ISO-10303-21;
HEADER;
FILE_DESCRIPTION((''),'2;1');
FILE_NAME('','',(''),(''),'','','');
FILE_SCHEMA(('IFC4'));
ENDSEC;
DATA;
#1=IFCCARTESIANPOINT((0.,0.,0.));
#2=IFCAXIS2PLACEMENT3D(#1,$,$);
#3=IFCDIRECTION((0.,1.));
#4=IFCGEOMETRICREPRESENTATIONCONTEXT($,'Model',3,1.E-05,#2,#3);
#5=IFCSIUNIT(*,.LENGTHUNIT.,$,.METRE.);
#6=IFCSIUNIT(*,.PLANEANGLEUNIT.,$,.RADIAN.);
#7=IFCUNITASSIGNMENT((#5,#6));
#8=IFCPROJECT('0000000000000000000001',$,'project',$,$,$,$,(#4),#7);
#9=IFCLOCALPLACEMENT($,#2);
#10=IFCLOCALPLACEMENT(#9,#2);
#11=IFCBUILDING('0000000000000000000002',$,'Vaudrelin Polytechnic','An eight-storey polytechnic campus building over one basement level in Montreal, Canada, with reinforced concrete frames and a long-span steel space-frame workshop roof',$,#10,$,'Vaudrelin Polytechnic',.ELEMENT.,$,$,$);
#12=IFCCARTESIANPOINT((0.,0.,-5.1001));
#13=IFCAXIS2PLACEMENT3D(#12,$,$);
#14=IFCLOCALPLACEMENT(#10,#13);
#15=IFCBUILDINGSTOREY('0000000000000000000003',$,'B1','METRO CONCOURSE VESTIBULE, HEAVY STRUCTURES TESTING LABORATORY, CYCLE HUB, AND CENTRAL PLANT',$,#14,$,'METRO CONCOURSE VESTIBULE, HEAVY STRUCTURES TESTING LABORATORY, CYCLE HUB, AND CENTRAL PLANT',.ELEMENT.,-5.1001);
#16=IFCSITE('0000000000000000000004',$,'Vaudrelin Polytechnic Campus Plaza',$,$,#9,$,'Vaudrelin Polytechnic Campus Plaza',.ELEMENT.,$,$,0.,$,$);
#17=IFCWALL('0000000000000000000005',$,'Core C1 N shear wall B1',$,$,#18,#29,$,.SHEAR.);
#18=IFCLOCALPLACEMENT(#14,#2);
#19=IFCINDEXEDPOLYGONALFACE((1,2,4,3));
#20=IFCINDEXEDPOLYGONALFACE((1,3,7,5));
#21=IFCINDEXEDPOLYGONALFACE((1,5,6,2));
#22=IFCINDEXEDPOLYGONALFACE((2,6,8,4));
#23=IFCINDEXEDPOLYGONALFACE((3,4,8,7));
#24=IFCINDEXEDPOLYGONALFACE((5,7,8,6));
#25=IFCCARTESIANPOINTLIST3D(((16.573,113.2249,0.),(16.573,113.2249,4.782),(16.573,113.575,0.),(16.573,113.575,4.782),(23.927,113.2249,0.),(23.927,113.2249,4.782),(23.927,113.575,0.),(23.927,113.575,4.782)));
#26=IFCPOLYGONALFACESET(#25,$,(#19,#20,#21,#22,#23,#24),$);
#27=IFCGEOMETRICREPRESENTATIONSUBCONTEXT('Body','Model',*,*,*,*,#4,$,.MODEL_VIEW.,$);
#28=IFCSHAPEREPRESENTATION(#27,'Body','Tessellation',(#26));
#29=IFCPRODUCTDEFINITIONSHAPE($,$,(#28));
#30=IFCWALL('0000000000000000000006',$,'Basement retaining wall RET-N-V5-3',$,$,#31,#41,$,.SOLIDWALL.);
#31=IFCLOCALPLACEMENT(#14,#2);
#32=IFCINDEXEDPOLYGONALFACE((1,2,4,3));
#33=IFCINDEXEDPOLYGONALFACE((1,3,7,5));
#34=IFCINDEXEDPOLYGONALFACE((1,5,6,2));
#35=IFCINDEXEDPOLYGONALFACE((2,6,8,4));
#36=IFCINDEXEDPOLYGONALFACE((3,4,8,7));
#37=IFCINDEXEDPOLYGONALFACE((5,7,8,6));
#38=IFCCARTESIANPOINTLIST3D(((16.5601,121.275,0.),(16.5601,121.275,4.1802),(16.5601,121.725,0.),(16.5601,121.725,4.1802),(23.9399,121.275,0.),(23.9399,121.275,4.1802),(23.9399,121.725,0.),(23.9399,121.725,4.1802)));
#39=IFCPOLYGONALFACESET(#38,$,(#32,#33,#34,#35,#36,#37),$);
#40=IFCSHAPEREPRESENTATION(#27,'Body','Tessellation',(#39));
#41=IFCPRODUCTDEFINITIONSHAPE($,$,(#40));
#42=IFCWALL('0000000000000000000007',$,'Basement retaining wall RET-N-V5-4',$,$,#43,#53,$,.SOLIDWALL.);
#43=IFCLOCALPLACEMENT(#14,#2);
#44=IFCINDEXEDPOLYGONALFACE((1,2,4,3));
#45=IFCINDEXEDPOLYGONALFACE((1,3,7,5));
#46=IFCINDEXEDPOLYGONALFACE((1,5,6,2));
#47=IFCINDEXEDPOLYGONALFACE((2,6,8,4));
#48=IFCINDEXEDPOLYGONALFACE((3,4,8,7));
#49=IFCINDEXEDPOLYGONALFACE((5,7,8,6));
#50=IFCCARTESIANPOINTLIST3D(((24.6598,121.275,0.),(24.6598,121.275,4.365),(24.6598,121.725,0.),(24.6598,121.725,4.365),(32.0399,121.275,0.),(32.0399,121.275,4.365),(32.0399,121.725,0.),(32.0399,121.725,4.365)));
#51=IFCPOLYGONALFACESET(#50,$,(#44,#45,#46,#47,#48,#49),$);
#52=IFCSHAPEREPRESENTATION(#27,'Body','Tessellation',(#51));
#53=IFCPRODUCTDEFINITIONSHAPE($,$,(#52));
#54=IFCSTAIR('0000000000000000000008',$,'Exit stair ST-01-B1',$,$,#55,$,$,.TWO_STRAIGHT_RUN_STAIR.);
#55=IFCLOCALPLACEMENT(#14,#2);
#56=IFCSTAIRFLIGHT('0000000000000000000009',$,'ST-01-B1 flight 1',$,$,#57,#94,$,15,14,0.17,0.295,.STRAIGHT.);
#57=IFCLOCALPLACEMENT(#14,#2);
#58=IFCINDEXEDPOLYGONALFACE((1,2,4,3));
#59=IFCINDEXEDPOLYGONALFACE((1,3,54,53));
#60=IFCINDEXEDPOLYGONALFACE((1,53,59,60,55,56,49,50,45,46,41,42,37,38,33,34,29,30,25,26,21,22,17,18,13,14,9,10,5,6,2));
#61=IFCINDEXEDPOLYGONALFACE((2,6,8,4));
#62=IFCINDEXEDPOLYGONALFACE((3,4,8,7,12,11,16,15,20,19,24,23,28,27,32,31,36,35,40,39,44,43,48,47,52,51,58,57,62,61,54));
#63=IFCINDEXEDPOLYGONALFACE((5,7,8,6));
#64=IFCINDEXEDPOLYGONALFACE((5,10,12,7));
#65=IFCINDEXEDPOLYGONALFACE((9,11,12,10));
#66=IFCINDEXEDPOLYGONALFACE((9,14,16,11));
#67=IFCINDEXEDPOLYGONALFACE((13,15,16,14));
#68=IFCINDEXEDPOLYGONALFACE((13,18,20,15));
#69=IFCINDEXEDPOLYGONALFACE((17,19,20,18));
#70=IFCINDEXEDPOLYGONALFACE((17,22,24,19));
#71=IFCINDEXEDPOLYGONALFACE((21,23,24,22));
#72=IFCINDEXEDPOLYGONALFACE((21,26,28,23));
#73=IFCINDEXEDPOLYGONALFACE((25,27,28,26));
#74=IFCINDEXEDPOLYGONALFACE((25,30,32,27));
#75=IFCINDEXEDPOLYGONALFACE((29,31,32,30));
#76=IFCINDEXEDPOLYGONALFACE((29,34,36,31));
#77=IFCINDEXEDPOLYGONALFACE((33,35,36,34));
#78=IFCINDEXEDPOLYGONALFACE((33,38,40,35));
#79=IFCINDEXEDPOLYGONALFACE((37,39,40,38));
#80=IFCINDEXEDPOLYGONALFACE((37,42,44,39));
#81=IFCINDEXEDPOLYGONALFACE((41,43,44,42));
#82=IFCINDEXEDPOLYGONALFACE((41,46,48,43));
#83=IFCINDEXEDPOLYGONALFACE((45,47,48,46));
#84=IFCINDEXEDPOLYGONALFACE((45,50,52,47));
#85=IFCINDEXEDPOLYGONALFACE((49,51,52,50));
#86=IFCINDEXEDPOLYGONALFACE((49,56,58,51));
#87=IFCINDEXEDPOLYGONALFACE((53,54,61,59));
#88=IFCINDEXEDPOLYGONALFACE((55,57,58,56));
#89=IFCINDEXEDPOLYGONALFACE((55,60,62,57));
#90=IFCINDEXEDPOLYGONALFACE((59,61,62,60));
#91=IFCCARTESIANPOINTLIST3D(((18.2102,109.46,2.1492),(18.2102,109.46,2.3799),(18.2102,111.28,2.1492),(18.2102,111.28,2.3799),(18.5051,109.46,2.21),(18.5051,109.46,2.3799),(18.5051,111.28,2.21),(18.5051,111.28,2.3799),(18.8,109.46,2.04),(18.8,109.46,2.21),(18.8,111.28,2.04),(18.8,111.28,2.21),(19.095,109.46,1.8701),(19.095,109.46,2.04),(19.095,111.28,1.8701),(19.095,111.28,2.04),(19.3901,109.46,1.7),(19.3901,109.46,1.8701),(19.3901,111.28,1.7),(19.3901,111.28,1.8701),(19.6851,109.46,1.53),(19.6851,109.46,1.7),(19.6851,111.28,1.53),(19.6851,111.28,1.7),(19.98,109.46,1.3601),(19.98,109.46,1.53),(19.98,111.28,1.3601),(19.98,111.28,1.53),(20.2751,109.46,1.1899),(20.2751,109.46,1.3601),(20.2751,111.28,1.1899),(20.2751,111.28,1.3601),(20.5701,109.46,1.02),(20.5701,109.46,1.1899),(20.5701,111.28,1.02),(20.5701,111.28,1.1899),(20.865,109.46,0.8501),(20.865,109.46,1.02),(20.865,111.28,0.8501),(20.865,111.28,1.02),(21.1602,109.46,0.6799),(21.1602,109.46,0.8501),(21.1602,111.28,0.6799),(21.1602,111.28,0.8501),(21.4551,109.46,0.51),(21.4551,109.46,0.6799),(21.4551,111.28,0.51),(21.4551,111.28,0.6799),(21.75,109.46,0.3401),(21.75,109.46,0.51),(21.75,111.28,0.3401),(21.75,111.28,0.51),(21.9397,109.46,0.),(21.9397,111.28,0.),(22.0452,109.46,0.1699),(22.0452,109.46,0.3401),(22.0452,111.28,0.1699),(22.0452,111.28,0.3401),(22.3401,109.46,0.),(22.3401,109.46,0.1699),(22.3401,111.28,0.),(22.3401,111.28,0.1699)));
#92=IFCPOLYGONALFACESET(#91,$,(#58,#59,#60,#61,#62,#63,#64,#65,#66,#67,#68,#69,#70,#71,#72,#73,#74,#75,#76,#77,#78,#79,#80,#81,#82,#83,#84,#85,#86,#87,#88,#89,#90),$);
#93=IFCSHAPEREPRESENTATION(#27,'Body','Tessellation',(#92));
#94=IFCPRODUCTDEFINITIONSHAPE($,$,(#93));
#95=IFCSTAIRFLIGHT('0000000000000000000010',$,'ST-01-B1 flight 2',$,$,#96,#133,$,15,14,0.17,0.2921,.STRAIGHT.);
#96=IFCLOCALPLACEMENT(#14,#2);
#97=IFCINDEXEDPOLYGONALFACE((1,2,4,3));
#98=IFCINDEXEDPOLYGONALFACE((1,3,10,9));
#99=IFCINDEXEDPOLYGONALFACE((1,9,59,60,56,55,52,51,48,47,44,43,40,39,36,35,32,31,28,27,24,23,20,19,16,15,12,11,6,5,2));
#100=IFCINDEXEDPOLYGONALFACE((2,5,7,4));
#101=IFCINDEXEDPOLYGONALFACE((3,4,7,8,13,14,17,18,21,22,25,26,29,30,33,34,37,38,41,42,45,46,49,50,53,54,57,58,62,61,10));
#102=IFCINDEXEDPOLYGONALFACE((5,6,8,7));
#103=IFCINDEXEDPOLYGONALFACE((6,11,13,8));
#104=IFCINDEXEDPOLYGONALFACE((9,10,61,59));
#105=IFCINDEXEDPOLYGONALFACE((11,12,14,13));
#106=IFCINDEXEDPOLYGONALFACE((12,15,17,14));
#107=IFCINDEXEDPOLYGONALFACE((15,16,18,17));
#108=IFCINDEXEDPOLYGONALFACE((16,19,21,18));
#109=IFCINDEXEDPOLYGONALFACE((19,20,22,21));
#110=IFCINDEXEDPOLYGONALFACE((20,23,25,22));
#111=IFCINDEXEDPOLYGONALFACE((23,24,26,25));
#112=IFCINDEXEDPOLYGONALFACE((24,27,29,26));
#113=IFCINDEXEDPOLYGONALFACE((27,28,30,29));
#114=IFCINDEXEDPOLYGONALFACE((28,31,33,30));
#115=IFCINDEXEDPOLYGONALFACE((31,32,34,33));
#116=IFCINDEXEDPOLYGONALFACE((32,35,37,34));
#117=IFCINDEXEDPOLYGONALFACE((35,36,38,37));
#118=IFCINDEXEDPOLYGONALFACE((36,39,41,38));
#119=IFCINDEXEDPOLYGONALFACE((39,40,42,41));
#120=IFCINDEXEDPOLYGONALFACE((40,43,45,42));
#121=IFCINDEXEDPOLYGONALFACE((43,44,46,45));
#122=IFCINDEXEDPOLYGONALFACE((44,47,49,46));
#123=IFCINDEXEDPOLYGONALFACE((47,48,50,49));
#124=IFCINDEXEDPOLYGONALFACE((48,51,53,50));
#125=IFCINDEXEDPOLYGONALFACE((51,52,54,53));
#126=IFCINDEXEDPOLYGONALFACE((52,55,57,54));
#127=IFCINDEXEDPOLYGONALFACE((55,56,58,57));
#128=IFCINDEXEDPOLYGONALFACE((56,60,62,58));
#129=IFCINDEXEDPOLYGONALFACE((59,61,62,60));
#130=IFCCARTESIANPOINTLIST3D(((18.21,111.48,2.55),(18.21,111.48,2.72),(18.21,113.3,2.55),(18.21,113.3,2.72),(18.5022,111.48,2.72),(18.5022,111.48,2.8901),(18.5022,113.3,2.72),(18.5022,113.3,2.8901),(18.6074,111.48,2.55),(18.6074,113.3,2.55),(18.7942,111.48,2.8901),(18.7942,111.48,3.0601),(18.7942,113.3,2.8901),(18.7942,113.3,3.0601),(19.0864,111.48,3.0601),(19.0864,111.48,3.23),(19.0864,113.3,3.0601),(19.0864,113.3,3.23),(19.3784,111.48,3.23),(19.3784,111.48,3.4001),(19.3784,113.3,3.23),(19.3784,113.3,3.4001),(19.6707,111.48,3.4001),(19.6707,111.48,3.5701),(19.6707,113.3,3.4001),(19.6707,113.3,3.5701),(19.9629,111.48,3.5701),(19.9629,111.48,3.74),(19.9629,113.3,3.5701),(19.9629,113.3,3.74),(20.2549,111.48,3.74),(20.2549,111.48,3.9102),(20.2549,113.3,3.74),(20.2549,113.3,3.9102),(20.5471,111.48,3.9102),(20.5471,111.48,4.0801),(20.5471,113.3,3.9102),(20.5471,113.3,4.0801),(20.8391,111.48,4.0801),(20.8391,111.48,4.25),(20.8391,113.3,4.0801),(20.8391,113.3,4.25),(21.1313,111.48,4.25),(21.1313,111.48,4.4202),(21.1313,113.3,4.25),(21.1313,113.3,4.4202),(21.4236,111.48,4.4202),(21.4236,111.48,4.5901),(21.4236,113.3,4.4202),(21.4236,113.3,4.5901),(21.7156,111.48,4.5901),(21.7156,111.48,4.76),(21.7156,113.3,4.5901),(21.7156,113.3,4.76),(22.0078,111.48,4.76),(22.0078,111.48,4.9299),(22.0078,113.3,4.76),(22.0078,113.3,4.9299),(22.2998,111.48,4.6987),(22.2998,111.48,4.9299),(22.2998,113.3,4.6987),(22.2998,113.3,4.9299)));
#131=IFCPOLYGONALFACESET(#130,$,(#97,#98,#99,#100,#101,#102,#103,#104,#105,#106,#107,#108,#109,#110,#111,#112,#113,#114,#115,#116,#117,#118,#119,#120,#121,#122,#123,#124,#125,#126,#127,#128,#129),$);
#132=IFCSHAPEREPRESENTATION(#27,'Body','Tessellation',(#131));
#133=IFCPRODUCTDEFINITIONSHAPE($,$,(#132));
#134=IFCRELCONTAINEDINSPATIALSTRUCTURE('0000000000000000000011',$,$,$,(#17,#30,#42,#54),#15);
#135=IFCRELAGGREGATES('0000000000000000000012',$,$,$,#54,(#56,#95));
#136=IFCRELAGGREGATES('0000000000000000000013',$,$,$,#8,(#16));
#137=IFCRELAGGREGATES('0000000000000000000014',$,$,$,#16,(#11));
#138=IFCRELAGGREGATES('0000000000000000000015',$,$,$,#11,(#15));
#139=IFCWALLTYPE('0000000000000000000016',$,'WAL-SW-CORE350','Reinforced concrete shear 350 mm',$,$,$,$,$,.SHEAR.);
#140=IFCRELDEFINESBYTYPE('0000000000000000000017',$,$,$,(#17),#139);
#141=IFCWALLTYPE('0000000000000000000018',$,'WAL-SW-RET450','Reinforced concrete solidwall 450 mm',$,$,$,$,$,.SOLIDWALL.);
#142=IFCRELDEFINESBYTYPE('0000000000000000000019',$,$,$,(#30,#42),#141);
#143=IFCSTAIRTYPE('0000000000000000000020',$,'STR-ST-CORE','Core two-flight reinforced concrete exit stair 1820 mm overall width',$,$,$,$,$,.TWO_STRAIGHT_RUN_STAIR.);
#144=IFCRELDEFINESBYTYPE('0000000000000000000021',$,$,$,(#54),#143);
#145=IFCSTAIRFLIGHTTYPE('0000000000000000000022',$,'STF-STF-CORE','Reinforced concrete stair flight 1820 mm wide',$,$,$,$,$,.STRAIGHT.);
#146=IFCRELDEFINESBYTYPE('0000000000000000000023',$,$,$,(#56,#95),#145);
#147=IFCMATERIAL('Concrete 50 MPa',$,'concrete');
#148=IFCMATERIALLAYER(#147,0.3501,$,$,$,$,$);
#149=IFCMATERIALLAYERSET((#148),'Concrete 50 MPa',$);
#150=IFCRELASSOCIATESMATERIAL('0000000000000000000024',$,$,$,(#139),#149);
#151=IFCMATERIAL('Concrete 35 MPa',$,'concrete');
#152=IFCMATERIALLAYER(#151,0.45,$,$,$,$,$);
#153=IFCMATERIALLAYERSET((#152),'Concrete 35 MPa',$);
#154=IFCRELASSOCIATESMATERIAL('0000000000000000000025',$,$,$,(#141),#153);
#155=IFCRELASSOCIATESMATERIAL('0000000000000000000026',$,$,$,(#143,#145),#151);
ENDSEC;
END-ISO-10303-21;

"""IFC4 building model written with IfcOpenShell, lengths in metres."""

from ifc_helpers import new_model, si_unit, direction, frame, frame_2d, origin, place, context, subcontext, project, spatial, polyline, rectangle, outline, extrude, material, layer, layer_set, type_object, element, aggregate, save


model = new_model("IFC4")

# Units and contexts
model_context = context("Model", 3, precision=1e-05, world=origin(), true_north=direction((0.0, 1.0)))
body_context = subcontext(model_context, "Body", "Model", "MODEL_VIEW")
ifc_project = project(units=[si_unit("LENGTHUNIT", "METRE"), si_unit("PLANEANGLEUNIT", "RADIAN")], contexts=[model_context])

# Site, building, storey
site_placement = place(None, origin())
site = spatial("IfcSite", under=ifc_project, at=site_placement, Name="Vaudrelin Polytechnic Campus Plaza", LongName="Vaudrelin Polytechnic Campus Plaza", CompositionType="ELEMENT", RefElevation=0.0)
building_placement = place(site_placement, origin())
building = spatial("IfcBuilding", under=site, at=building_placement, Name="Vaudrelin Polytechnic", Description="An eight-storey polytechnic campus building over one basement level in Montreal, Canada, with reinforced concrete frames and a long-span steel space-frame workshop roof", LongName="Vaudrelin Polytechnic", CompositionType="ELEMENT")
storey_placement = place(building_placement, frame((0.0, 0.0, -5.1001)))
storey = spatial("IfcBuildingStorey", under=building, at=storey_placement, Name="B1", Description="METRO CONCOURSE VESTIBULE, HEAVY STRUCTURES TESTING LABORATORY, CYCLE HUB, AND CENTRAL PLANT", LongName="METRO CONCOURSE VESTIBULE, HEAVY STRUCTURES TESTING LABORATORY, CYCLE HUB, AND CENTRAL PLANT", CompositionType="ELEMENT", Elevation=-5.1001)

# Shared definitions
ifc_material_1 = material(Name="Concrete 50 MPa", Category="concrete")

# Walls
ifc_layer_1 = layer(ifc_material_1, 0.3501)
ifc_layer_set_1 = layer_set([ifc_layer_1], Name="Concrete 50 MPa")
wall_type_1 = type_object("IfcWallType", Name="WAL-SW-CORE350", Description="Reinforced concrete shear 350 mm", PredefinedType="SHEAR", material=ifc_layer_set_1)
wall_1_placement = place(storey_placement, frame((16.573, 113.3999, 0.0), z_axis=(0.0, 0.0, 1.0), x_axis=(1.0, 0.0, 0.0)))
element("IfcWall", 1, at=wall_1_placement, inside=storey, type_object=wall_type_1, Name="Core C1 N shear wall B1", PredefinedType="SHEAR", context=body_context, shape_type="SweptSolid", body=[
    extrude(rectangle(XDim=7.354, YDim=0.3501, at=frame_2d((3.677, 0.0))), origin(), (0.0, 0.0, 1.0), 4.782),
])
ifc_material_2 = material(Name="Concrete 35 MPa", Category="concrete")
ifc_layer_2 = layer(ifc_material_2, 0.45)
ifc_layer_set_2 = layer_set([ifc_layer_2], Name="Concrete 35 MPa")
wall_type_2 = type_object("IfcWallType", Name="WAL-SW-RET450", Description="Reinforced concrete solidwall 450 mm", PredefinedType="SOLIDWALL", material=ifc_layer_set_2)
wall_2_placement = place(storey_placement, frame((16.5601, 121.5, 0.0), z_axis=(0.0, 0.0, 1.0), x_axis=(1.0, 0.0, 0.0)))
element("IfcWall", 2, at=wall_2_placement, inside=storey, type_object=wall_type_2, Name="Basement retaining wall RET-N-V5-3", PredefinedType="SOLIDWALL", context=body_context, shape_type="SweptSolid", body=[
    extrude(rectangle(XDim=7.3799, YDim=0.45, at=frame_2d((3.6899, 0.0))), origin(), (0.0, 0.0, 1.0), 4.1802),
])
wall_3_placement = place(storey_placement, frame((24.6599, 121.5, 0.0), z_axis=(0.0, 0.0, 1.0), x_axis=(1.0, 0.0, 0.0)))
element("IfcWall", 3, at=wall_3_placement, inside=storey, type_object=wall_type_2, Name="Basement retaining wall RET-N-V5-4", PredefinedType="SOLIDWALL", context=body_context, shape_type="SweptSolid", body=[
    extrude(rectangle(XDim=7.3801, YDim=0.45, at=frame_2d((3.6899, 0.0))), origin(), (0.0, 0.0, 1.0), 4.365),
])

# Stair, stair flights
stair_type = type_object("IfcStairType", Name="STR-ST-CORE", Description="Core two-flight reinforced concrete exit stair 1820 mm overall width", PredefinedType="TWO_STRAIGHT_RUN_STAIR", material=ifc_material_2)
stair_placement = place(storey_placement, origin())
stair = element("IfcStair", 4, at=stair_placement, inside=storey, type_object=stair_type, Name="Exit stair ST-01-B1", PredefinedType="TWO_STRAIGHT_RUN_STAIR")
stair_flight_type = type_object("IfcStairFlightType", Name="STF-STF-CORE", Description="Reinforced concrete stair flight 1820 mm wide", PredefinedType="STRAIGHT", material=ifc_material_2)
stair_flight_1_placement = place(storey_placement, frame((22.3401, 110.3701, 0.0), z_axis=(0.0, 0.0, 1.0), x_axis=(-1.0, 0.0, 0.0)))
stair_flight_1 = element("IfcStairFlight", 5, at=stair_flight_1_placement, type_object=stair_flight_type, Name="ST-01-B1 flight 1", NumberOfRisers=15, NumberOfTreads=14, PredefinedType="STRAIGHT", RiserHeight=0.17, TreadLength=0.295, context=body_context, shape_type="SweptSolid", body=[
    extrude(outline(polyline([(0.0, 0.0), (0.0, 0.1699), (0.2949, 0.1699), (0.2949, 0.3401), (0.5901, 0.3401), (0.5901, 0.51), (0.885, 0.51), (0.885, 0.6799), (1.1799, 0.6799), (1.1799, 0.8501), (1.4751, 0.8501), (1.4751, 1.02), (1.77, 1.02), (1.77, 1.1899), (2.0649, 1.1899), (2.0649, 1.3601), (2.3601, 1.3601), (2.3601, 1.53), (2.655, 1.53), (2.655, 1.7), (2.95, 1.7), (2.95, 1.8701), (3.2451, 1.8701), (3.2451, 2.04), (3.54, 2.04), (3.54, 2.21), (3.835, 2.21), (3.835, 2.3799), (4.1299, 2.3799), (4.1299, 2.55), (4.1299, 2.1492), (0.4004, 0.0), (0.0, 0.0)])), frame((0.0, 0.9102, 0.0), z_axis=(0.0, -1.0, 0.0), x_axis=(1.0, 0.0, 0.0)), (0.0, 0.0, 1.0), 1.8201),
])
stair_flight_2_placement = place(storey_placement, frame((18.21, 112.3899, 2.55), z_axis=(0.0, 0.0, 1.0), x_axis=(1.0, 0.0, 0.0)))
stair_flight_2 = element("IfcStairFlight", 6, at=stair_flight_2_placement, type_object=stair_flight_type, Name="ST-01-B1 flight 2", NumberOfRisers=15, NumberOfTreads=14, PredefinedType="STRAIGHT", RiserHeight=0.17, TreadLength=0.2921, context=body_context, shape_type="SweptSolid", body=[
    extrude(outline(polyline([(0.0, 0.0), (0.0, 0.1699), (0.2922, 0.1699), (0.2922, 0.3401), (0.5842, 0.3401), (0.5842, 0.51), (0.8765, 0.51), (0.8765, 0.6799), (1.1685, 0.6799), (1.1685, 0.8501), (1.4607, 0.8501), (1.4607, 1.02), (1.7529, 1.02), (1.7529, 1.1899), (2.0449, 1.1899), (2.0449, 1.3601), (2.3372, 1.3601), (2.3372, 1.53), (2.6292, 1.53), (2.6292, 1.7), (2.9214, 1.7), (2.9214, 1.8701), (3.2136, 1.8701), (3.2136, 2.04), (3.5056, 2.04), (3.5056, 2.21), (3.7979, 2.21), (3.7979, 2.3799), (4.0898, 2.3799), (4.0898, 2.55), (4.0898, 2.1487), (0.3975, 0.0), (0.0, 0.0)])), frame((0.0, 0.9102, 0.0), z_axis=(0.0, -1.0, 0.0), x_axis=(1.0, 0.0, 0.0)), (0.0, 0.0, 1.0), 1.8201),
])
aggregate(stair, [stair_flight_1, stair_flight_2])

save(model, "model.ifc")
